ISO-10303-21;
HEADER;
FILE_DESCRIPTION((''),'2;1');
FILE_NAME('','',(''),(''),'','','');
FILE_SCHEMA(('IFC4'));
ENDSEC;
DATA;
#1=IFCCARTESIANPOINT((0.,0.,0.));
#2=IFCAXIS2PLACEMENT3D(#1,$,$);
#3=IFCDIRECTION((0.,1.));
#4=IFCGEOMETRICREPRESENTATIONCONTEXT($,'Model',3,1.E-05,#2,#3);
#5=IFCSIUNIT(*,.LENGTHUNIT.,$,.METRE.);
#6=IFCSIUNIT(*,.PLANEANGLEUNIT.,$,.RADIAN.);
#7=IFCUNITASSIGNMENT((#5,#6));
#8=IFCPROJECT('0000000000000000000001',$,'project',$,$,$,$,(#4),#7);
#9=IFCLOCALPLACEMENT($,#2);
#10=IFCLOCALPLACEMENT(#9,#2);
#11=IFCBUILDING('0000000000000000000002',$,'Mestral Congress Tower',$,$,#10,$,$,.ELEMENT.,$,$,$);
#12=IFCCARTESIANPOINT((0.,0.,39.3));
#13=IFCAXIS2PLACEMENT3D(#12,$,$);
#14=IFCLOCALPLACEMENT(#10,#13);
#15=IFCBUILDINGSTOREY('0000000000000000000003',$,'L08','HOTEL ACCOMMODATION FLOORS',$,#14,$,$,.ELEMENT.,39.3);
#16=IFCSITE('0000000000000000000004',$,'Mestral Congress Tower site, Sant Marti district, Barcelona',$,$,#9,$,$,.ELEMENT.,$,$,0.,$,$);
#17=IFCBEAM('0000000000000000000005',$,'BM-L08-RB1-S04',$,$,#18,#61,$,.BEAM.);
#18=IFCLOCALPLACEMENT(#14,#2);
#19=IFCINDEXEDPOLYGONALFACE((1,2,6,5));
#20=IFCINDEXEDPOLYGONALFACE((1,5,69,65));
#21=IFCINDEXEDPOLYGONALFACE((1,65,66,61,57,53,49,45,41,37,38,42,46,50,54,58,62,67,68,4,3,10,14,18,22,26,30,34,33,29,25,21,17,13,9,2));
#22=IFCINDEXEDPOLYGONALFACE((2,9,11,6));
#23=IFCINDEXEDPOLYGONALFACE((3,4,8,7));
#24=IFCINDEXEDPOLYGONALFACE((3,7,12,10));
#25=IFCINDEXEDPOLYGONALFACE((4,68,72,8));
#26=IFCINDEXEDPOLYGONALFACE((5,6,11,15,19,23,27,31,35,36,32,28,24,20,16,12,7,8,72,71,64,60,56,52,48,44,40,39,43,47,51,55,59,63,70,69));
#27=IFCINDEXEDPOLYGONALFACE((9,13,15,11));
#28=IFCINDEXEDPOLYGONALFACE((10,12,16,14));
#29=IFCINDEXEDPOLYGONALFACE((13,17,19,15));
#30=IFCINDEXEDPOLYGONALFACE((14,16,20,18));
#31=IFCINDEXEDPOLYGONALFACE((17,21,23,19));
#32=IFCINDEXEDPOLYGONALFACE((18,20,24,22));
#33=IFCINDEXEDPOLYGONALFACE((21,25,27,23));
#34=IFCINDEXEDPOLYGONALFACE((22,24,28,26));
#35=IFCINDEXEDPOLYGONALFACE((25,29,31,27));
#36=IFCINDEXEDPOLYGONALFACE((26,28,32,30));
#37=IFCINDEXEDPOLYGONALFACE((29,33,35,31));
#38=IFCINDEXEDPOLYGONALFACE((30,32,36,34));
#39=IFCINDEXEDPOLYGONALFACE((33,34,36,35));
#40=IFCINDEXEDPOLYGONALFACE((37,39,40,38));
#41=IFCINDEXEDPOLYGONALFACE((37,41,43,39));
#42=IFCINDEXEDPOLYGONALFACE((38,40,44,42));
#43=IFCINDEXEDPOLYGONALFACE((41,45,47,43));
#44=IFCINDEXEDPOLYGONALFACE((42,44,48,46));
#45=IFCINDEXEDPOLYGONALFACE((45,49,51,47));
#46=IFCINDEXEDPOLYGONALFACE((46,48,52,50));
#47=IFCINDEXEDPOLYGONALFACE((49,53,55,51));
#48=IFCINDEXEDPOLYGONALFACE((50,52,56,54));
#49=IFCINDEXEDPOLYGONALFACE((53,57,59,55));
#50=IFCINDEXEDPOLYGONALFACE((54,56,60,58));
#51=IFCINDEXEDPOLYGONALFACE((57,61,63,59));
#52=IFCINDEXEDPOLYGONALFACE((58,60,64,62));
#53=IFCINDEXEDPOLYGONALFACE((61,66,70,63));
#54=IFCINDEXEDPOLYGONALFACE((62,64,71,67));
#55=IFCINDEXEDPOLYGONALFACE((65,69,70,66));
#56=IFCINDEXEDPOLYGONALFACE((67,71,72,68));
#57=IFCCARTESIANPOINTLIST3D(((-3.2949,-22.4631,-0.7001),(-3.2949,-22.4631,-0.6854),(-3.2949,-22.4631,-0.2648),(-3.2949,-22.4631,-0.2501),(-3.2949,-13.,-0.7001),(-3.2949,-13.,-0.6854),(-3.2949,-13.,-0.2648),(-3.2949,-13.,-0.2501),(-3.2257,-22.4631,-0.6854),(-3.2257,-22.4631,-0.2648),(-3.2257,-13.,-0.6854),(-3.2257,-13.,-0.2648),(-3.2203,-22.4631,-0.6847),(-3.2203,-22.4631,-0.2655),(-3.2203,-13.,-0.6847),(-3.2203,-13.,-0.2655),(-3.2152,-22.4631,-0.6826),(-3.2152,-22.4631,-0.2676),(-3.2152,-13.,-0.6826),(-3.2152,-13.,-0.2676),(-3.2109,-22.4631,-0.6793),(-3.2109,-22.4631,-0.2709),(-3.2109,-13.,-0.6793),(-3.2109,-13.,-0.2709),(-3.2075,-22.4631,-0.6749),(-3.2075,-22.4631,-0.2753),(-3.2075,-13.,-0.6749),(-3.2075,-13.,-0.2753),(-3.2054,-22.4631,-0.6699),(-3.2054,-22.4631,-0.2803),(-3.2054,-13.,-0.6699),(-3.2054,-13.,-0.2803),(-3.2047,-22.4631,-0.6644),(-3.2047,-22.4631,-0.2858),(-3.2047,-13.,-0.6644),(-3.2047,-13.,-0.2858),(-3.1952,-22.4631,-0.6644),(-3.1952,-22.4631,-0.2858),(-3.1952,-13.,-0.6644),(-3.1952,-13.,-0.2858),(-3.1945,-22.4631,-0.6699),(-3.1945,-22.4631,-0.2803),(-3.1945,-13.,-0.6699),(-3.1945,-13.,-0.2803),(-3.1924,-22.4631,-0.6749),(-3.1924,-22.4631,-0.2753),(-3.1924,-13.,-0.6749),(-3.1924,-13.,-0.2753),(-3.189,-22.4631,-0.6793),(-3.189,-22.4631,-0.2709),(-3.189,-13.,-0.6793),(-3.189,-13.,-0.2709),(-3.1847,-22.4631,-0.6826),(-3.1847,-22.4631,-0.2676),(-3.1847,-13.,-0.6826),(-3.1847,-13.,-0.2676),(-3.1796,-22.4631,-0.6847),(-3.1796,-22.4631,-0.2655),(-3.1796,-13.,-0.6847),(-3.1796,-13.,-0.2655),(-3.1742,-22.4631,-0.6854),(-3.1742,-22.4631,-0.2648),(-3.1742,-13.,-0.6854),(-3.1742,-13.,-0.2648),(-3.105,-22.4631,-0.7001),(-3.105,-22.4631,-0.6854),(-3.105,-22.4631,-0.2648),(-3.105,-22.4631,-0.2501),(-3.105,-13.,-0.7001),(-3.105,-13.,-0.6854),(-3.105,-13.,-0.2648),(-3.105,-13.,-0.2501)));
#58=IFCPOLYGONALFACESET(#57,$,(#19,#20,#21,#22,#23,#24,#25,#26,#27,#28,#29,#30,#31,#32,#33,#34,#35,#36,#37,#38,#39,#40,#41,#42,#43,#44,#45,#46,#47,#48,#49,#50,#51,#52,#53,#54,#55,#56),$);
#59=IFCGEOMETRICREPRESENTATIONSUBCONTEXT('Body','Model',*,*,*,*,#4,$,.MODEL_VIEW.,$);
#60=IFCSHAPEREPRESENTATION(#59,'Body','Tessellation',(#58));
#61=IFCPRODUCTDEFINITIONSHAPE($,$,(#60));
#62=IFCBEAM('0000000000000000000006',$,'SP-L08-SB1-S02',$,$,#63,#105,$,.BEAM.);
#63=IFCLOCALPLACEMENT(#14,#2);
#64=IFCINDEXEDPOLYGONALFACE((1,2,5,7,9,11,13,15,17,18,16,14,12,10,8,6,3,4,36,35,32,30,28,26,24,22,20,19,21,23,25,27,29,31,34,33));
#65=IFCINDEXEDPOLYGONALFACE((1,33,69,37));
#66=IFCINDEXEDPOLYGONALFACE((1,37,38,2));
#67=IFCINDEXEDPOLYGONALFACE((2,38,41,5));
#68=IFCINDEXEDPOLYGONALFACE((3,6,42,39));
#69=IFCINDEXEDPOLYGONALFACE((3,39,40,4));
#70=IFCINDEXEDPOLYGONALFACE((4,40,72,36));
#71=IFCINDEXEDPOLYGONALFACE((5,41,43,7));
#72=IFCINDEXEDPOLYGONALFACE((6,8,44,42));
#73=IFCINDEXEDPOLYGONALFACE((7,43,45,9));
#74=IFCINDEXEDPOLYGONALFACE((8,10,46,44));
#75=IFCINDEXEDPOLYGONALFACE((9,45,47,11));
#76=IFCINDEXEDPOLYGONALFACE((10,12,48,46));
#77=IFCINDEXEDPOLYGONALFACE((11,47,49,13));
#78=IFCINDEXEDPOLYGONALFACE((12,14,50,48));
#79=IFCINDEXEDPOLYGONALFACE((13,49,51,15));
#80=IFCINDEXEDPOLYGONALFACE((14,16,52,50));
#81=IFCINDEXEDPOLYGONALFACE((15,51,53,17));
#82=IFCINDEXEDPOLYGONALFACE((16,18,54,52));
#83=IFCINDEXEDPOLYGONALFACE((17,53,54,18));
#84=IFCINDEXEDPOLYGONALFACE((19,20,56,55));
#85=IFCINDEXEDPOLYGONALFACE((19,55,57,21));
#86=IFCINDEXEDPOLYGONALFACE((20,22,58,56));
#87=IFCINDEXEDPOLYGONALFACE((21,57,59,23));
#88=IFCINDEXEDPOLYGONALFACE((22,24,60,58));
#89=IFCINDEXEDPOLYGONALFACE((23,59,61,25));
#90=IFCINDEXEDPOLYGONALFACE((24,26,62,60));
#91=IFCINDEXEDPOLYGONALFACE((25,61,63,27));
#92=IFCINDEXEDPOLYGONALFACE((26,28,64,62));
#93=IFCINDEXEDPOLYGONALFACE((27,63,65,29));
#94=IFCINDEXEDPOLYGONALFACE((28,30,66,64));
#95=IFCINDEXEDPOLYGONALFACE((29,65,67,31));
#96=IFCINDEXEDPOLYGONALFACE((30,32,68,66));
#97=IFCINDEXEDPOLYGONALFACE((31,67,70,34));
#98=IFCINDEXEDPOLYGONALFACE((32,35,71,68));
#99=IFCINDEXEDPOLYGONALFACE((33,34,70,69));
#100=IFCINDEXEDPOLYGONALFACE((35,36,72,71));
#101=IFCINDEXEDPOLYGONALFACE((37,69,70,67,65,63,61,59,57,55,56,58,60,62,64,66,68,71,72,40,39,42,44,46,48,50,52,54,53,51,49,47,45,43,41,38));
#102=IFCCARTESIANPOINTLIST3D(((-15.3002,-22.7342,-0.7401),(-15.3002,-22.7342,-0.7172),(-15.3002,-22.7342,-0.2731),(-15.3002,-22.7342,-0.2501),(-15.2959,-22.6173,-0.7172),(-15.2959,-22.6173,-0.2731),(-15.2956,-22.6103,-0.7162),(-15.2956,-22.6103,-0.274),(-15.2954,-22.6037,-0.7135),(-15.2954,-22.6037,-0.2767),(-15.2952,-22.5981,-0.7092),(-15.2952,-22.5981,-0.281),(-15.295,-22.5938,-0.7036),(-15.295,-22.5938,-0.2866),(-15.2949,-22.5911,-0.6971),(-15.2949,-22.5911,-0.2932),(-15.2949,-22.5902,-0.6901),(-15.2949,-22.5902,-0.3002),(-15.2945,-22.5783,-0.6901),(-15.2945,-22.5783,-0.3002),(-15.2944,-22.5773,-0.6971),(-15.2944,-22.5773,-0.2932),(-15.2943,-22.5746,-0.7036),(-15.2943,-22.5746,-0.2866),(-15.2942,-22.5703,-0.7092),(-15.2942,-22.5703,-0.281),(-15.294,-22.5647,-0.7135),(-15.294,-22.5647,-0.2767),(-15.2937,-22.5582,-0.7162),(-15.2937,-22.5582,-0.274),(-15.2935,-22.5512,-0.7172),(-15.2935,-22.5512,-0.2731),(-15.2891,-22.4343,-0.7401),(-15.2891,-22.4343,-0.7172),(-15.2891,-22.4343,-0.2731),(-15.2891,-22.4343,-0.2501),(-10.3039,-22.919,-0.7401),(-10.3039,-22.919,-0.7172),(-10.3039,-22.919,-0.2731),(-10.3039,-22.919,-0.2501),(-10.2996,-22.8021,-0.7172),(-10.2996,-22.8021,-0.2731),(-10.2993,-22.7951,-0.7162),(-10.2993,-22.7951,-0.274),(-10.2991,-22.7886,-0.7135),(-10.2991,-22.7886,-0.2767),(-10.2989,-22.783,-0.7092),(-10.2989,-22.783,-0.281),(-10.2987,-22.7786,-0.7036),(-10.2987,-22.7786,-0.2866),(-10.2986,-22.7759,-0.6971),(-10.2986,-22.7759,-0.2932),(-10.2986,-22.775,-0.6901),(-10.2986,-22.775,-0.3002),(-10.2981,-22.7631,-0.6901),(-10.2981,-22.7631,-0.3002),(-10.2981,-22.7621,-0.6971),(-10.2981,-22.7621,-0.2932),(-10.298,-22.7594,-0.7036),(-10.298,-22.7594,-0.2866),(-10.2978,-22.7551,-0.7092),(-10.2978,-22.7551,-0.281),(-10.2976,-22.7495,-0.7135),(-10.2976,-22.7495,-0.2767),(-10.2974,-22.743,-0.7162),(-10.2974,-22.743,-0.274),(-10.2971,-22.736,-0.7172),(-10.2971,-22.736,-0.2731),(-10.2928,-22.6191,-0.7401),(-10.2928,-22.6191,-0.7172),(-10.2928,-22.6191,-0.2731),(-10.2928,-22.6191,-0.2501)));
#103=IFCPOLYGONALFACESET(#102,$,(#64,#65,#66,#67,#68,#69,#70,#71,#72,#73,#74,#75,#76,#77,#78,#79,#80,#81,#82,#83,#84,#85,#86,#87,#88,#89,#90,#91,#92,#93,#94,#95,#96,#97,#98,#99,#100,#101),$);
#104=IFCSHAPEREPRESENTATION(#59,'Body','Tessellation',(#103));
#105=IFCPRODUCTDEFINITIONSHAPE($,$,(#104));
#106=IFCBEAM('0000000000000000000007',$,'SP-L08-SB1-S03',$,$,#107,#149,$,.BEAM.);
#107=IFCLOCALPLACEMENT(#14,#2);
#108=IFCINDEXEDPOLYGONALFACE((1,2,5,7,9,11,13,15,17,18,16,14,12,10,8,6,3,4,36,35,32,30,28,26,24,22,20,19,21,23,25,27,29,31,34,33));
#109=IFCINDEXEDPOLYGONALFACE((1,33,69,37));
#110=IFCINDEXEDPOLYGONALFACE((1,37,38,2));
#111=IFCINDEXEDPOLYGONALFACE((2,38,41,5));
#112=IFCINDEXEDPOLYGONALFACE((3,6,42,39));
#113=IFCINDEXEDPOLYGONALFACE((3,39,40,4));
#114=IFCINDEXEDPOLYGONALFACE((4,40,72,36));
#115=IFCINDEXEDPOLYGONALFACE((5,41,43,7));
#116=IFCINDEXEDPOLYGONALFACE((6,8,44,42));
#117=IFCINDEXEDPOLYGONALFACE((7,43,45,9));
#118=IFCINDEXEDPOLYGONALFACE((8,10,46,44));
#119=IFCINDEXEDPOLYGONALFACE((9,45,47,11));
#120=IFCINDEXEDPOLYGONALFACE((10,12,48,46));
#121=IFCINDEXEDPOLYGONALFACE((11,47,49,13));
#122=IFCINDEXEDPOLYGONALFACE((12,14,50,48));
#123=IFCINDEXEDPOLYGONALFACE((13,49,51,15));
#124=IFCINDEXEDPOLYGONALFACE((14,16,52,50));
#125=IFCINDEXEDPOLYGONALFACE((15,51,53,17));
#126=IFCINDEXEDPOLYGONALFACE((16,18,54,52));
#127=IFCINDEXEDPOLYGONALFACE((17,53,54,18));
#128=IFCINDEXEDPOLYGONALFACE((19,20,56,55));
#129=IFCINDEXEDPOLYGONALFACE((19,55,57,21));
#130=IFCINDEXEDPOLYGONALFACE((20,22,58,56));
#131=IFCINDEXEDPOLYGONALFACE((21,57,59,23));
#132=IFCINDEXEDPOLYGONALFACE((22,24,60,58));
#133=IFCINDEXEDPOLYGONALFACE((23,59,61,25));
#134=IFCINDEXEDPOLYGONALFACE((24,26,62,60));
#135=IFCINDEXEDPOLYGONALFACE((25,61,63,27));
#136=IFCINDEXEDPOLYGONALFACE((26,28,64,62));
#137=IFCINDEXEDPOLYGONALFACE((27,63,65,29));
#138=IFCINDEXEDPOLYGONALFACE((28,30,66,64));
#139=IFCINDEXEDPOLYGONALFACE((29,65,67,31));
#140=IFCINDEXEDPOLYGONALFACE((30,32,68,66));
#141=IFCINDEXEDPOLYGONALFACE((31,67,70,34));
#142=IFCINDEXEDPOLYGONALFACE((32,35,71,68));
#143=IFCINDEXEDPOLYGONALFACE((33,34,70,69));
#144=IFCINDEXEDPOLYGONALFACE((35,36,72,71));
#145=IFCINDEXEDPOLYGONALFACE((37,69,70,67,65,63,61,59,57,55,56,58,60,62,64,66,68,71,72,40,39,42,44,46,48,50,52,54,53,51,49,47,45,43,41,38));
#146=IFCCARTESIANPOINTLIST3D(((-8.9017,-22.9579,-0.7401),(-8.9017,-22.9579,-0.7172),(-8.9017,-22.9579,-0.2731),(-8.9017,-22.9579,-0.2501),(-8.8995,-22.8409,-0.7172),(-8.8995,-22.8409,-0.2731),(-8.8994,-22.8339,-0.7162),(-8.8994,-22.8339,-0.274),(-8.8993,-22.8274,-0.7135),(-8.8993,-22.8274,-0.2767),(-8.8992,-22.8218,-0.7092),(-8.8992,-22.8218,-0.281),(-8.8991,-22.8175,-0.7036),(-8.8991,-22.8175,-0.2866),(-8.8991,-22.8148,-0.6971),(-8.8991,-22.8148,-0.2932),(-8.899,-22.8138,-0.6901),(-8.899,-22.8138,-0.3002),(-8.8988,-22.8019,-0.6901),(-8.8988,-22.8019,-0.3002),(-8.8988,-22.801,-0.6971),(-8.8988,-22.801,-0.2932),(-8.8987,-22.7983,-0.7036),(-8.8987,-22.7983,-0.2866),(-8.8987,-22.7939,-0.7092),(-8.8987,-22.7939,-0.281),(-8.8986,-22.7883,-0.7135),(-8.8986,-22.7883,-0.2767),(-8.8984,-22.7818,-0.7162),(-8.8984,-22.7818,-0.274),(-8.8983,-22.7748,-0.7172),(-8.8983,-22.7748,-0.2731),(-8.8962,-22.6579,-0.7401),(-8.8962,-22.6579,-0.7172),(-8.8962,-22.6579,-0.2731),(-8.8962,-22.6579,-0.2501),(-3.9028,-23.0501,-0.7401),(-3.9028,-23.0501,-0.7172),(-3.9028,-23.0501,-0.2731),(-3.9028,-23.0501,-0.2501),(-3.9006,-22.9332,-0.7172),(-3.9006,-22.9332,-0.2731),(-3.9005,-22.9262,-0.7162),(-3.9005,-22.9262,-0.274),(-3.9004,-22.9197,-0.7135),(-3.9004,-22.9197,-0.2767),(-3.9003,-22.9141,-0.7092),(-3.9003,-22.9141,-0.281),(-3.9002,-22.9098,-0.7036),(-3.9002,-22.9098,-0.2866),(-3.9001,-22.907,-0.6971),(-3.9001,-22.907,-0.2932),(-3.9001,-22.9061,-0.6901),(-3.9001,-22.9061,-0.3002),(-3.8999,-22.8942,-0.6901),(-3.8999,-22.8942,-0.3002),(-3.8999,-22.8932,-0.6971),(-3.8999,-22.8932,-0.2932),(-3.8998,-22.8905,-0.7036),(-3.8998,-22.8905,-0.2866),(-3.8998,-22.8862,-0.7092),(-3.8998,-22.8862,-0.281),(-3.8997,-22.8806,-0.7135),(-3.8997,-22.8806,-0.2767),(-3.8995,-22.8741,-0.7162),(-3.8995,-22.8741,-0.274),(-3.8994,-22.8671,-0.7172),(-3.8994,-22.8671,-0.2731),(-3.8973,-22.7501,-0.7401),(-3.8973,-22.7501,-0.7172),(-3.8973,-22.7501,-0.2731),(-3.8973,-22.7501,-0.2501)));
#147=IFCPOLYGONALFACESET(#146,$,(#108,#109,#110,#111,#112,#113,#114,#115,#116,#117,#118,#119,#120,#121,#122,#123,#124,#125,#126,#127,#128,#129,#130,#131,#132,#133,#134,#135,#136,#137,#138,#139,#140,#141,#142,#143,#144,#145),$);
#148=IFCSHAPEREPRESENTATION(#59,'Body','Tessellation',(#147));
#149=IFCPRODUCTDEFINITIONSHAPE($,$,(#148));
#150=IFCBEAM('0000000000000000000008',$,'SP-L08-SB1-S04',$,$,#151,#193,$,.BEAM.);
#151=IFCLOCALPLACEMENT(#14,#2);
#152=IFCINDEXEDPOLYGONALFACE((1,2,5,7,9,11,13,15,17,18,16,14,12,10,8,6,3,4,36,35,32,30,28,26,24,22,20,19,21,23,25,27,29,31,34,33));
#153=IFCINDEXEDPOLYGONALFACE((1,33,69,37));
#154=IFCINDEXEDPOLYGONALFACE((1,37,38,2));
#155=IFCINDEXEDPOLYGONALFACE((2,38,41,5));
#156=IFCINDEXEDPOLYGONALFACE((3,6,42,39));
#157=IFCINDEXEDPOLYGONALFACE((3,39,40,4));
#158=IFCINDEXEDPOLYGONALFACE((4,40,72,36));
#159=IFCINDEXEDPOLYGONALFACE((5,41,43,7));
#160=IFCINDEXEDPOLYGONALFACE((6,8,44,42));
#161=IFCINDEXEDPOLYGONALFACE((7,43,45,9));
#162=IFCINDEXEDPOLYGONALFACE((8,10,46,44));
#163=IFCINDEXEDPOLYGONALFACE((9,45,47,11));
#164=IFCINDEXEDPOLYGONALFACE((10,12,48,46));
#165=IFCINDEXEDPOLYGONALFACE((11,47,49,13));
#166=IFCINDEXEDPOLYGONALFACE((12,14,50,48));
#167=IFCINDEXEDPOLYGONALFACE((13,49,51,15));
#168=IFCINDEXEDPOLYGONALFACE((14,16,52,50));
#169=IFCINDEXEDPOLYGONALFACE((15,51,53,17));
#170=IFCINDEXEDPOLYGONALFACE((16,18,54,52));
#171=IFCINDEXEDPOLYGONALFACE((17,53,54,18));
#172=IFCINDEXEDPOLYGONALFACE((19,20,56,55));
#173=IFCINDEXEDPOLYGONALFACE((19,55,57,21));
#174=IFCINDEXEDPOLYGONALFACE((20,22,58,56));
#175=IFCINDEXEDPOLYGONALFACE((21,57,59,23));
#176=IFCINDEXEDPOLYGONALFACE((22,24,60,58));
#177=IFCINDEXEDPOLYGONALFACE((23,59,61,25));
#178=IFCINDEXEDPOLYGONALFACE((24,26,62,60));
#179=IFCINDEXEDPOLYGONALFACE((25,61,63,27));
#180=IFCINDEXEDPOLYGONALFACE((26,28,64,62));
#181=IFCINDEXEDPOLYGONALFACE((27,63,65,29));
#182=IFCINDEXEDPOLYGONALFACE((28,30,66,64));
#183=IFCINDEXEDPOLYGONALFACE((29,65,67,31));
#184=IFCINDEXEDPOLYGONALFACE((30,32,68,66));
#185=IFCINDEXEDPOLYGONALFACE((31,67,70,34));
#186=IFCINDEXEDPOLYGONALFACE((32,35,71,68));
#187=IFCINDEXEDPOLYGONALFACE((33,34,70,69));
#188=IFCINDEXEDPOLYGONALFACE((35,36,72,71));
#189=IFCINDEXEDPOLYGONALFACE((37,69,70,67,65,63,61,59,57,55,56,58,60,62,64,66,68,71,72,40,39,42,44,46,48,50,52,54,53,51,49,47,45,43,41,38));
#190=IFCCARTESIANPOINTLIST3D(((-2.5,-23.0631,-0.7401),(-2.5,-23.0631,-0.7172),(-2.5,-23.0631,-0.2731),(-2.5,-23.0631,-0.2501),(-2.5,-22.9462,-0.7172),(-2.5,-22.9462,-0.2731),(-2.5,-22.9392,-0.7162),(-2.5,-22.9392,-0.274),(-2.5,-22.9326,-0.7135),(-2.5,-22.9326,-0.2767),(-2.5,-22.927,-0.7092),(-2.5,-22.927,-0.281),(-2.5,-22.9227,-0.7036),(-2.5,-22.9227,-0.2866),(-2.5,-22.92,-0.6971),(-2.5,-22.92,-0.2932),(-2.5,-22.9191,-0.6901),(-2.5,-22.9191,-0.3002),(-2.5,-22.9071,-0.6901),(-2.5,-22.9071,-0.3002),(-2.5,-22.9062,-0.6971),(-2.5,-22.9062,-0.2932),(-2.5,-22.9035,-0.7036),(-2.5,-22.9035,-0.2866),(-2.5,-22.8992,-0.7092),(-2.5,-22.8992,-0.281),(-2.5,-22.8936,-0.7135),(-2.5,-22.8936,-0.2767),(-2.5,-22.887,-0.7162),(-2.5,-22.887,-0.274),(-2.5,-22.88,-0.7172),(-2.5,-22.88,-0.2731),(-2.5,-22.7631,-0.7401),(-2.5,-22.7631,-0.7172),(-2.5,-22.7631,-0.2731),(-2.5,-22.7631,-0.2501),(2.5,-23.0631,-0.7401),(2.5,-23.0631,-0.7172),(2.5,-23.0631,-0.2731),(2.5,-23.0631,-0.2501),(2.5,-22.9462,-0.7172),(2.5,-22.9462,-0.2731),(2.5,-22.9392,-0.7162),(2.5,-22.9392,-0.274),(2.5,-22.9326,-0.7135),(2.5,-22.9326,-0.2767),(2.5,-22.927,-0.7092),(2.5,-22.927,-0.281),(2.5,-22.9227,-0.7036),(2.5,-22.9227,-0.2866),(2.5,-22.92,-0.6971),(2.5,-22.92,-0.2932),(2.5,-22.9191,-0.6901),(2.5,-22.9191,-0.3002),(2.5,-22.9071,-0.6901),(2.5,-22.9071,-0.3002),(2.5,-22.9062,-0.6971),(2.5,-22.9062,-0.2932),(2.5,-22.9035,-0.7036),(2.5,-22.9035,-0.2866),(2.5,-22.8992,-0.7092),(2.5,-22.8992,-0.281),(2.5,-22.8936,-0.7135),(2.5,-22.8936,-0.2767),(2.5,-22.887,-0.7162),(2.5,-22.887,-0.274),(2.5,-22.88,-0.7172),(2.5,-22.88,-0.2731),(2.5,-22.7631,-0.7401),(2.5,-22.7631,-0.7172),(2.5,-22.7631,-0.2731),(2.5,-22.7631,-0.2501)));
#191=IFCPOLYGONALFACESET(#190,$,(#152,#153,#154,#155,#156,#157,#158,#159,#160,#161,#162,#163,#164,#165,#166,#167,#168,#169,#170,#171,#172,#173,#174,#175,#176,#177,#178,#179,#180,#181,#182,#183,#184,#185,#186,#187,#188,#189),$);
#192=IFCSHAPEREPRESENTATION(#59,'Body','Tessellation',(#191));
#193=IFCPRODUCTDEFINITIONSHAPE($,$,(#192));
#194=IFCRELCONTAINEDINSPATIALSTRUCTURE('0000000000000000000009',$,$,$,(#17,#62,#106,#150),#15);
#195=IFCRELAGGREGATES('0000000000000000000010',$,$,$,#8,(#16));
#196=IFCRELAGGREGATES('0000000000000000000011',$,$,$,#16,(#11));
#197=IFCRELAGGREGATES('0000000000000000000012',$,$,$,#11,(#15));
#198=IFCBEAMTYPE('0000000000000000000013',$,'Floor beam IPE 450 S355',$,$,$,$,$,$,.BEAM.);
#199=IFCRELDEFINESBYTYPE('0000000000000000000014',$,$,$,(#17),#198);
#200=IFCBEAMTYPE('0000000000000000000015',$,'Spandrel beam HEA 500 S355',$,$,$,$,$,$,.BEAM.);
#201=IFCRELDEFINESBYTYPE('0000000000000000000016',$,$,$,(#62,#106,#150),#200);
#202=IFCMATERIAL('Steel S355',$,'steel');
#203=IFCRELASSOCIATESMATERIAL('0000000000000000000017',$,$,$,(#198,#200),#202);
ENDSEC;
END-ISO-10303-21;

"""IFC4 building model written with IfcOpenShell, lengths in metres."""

from ifc_helpers import new_model, si_unit, direction, frame, origin, origin_2d, place, context, subcontext, project, spatial, i_section, extrude, material, material_profile, profile_set, type_object, element, save


model = new_model("IFC4")

# Units and contexts
model_context = context("Model", 3, precision=1e-05, world=origin(), true_north=direction((0.0, 1.0)))
body_context = subcontext(model_context, "Body", "Model", "MODEL_VIEW")
ifc_project = project(units=[si_unit("LENGTHUNIT", "METRE"), si_unit("PLANEANGLEUNIT", "RADIAN")], contexts=[model_context])

# Site, building, storey
site_placement = place(None, origin())
site = spatial("IfcSite", under=ifc_project, at=site_placement, Name="Mestral Congress Tower site, Sant Marti district, Barcelona", CompositionType="ELEMENT", RefElevation=0.0)
building_placement = place(site_placement, origin())
building = spatial("IfcBuilding", under=site, at=building_placement, Name="Mestral Congress Tower", CompositionType="ELEMENT")
storey_placement = place(building_placement, frame((0.0, 0.0, 39.3)))
storey = spatial("IfcBuildingStorey", under=building, at=storey_placement, Name="L08", Description="HOTEL ACCOMMODATION FLOORS", CompositionType="ELEMENT", Elevation=39.3)

# Beams
ifc_material_1 = material(Name="Steel S355", Category="steel")
ifc_material_profile_1 = material_profile(ifc_material_1, i_section(OverallWidth=0.1899, OverallDepth=0.45, WebThickness=0.0095, FlangeThickness=0.0146, FilletRadius=0.021, at=origin_2d()), Name="IPE 450")
ifc_profile_set_1 = profile_set([ifc_material_profile_1], Name="Steel S355")
beam_type_1 = type_object("IfcBeamType", Name="Floor beam IPE 450 S355", PredefinedType="BEAM", material=ifc_profile_set_1)
beam_1_placement = place(storey_placement, frame((-3.2, -22.4631, -0.4751), z_axis=(0.0, 1.0, 0.0), x_axis=(-1.0, 0.0, 0.0)))
element("IfcBeam", 1, at=beam_1_placement, inside=storey, type_object=beam_type_1, Name="BM-L08-RB1-S04", PredefinedType="BEAM", context=body_context, shape_type="SweptSolid", body=[
    extrude(i_section(OverallWidth=0.1899, OverallDepth=0.45, WebThickness=0.0095, FlangeThickness=0.0146, FilletRadius=0.021, at=origin_2d()), origin(), (0.0, 0.0, 1.0), 9.4631),
])
ifc_material_profile_2 = material_profile(ifc_material_1, i_section(OverallWidth=0.3, OverallDepth=0.49, WebThickness=0.012, FlangeThickness=0.0229, FilletRadius=0.0271, at=origin_2d()), Name="HEA 500")
ifc_profile_set_2 = profile_set([ifc_material_profile_2], Name="Steel S355")
beam_type_2 = type_object("IfcBeamType", Name="Spandrel beam HEA 500 S355", PredefinedType="BEAM", material=ifc_profile_set_2)
for number, where, z_axis, x_axis, name in (
    (2, (-15.2947, -22.5842, -0.4951), (0.999317, -0.036965, 0.0), (0.036965, 0.999317, 0.0), "SP-L08-SB1-S02"),
    (3, (-8.8989, -22.8079, -0.4951), (0.99983, -0.018457, 0.0), (0.018457, 0.99983, 0.0), "SP-L08-SB1-S03"),
):
    element("IfcBeam", number, at=place(storey_placement, frame(where, z_axis=z_axis, x_axis=x_axis)), inside=storey, type_object=beam_type_2, Name=name, PredefinedType="BEAM", context=body_context, shape_type="SweptSolid", body=[
        extrude(i_section(OverallWidth=0.3, OverallDepth=0.49, WebThickness=0.012, FlangeThickness=0.0229, FilletRadius=0.0271, at=origin_2d()), origin(), (0.0, 0.0, 1.0), 4.9998),
    ])
beam_2_placement = place(storey_placement, frame((-2.5, -22.9131, -0.4951), z_axis=(1.0, 0.0, 0.0), x_axis=(0.0, 1.0, 0.0)))
element("IfcBeam", 4, at=beam_2_placement, inside=storey, type_object=beam_type_2, Name="SP-L08-SB1-S04", PredefinedType="BEAM", context=body_context, shape_type="SweptSolid", body=[
    extrude(i_section(OverallWidth=0.3, OverallDepth=0.49, WebThickness=0.012, FlangeThickness=0.0229, FilletRadius=0.0271, at=origin_2d()), origin(), (0.0, 0.0, 1.0), 5.0),
])

save(model, "model.ifc")
